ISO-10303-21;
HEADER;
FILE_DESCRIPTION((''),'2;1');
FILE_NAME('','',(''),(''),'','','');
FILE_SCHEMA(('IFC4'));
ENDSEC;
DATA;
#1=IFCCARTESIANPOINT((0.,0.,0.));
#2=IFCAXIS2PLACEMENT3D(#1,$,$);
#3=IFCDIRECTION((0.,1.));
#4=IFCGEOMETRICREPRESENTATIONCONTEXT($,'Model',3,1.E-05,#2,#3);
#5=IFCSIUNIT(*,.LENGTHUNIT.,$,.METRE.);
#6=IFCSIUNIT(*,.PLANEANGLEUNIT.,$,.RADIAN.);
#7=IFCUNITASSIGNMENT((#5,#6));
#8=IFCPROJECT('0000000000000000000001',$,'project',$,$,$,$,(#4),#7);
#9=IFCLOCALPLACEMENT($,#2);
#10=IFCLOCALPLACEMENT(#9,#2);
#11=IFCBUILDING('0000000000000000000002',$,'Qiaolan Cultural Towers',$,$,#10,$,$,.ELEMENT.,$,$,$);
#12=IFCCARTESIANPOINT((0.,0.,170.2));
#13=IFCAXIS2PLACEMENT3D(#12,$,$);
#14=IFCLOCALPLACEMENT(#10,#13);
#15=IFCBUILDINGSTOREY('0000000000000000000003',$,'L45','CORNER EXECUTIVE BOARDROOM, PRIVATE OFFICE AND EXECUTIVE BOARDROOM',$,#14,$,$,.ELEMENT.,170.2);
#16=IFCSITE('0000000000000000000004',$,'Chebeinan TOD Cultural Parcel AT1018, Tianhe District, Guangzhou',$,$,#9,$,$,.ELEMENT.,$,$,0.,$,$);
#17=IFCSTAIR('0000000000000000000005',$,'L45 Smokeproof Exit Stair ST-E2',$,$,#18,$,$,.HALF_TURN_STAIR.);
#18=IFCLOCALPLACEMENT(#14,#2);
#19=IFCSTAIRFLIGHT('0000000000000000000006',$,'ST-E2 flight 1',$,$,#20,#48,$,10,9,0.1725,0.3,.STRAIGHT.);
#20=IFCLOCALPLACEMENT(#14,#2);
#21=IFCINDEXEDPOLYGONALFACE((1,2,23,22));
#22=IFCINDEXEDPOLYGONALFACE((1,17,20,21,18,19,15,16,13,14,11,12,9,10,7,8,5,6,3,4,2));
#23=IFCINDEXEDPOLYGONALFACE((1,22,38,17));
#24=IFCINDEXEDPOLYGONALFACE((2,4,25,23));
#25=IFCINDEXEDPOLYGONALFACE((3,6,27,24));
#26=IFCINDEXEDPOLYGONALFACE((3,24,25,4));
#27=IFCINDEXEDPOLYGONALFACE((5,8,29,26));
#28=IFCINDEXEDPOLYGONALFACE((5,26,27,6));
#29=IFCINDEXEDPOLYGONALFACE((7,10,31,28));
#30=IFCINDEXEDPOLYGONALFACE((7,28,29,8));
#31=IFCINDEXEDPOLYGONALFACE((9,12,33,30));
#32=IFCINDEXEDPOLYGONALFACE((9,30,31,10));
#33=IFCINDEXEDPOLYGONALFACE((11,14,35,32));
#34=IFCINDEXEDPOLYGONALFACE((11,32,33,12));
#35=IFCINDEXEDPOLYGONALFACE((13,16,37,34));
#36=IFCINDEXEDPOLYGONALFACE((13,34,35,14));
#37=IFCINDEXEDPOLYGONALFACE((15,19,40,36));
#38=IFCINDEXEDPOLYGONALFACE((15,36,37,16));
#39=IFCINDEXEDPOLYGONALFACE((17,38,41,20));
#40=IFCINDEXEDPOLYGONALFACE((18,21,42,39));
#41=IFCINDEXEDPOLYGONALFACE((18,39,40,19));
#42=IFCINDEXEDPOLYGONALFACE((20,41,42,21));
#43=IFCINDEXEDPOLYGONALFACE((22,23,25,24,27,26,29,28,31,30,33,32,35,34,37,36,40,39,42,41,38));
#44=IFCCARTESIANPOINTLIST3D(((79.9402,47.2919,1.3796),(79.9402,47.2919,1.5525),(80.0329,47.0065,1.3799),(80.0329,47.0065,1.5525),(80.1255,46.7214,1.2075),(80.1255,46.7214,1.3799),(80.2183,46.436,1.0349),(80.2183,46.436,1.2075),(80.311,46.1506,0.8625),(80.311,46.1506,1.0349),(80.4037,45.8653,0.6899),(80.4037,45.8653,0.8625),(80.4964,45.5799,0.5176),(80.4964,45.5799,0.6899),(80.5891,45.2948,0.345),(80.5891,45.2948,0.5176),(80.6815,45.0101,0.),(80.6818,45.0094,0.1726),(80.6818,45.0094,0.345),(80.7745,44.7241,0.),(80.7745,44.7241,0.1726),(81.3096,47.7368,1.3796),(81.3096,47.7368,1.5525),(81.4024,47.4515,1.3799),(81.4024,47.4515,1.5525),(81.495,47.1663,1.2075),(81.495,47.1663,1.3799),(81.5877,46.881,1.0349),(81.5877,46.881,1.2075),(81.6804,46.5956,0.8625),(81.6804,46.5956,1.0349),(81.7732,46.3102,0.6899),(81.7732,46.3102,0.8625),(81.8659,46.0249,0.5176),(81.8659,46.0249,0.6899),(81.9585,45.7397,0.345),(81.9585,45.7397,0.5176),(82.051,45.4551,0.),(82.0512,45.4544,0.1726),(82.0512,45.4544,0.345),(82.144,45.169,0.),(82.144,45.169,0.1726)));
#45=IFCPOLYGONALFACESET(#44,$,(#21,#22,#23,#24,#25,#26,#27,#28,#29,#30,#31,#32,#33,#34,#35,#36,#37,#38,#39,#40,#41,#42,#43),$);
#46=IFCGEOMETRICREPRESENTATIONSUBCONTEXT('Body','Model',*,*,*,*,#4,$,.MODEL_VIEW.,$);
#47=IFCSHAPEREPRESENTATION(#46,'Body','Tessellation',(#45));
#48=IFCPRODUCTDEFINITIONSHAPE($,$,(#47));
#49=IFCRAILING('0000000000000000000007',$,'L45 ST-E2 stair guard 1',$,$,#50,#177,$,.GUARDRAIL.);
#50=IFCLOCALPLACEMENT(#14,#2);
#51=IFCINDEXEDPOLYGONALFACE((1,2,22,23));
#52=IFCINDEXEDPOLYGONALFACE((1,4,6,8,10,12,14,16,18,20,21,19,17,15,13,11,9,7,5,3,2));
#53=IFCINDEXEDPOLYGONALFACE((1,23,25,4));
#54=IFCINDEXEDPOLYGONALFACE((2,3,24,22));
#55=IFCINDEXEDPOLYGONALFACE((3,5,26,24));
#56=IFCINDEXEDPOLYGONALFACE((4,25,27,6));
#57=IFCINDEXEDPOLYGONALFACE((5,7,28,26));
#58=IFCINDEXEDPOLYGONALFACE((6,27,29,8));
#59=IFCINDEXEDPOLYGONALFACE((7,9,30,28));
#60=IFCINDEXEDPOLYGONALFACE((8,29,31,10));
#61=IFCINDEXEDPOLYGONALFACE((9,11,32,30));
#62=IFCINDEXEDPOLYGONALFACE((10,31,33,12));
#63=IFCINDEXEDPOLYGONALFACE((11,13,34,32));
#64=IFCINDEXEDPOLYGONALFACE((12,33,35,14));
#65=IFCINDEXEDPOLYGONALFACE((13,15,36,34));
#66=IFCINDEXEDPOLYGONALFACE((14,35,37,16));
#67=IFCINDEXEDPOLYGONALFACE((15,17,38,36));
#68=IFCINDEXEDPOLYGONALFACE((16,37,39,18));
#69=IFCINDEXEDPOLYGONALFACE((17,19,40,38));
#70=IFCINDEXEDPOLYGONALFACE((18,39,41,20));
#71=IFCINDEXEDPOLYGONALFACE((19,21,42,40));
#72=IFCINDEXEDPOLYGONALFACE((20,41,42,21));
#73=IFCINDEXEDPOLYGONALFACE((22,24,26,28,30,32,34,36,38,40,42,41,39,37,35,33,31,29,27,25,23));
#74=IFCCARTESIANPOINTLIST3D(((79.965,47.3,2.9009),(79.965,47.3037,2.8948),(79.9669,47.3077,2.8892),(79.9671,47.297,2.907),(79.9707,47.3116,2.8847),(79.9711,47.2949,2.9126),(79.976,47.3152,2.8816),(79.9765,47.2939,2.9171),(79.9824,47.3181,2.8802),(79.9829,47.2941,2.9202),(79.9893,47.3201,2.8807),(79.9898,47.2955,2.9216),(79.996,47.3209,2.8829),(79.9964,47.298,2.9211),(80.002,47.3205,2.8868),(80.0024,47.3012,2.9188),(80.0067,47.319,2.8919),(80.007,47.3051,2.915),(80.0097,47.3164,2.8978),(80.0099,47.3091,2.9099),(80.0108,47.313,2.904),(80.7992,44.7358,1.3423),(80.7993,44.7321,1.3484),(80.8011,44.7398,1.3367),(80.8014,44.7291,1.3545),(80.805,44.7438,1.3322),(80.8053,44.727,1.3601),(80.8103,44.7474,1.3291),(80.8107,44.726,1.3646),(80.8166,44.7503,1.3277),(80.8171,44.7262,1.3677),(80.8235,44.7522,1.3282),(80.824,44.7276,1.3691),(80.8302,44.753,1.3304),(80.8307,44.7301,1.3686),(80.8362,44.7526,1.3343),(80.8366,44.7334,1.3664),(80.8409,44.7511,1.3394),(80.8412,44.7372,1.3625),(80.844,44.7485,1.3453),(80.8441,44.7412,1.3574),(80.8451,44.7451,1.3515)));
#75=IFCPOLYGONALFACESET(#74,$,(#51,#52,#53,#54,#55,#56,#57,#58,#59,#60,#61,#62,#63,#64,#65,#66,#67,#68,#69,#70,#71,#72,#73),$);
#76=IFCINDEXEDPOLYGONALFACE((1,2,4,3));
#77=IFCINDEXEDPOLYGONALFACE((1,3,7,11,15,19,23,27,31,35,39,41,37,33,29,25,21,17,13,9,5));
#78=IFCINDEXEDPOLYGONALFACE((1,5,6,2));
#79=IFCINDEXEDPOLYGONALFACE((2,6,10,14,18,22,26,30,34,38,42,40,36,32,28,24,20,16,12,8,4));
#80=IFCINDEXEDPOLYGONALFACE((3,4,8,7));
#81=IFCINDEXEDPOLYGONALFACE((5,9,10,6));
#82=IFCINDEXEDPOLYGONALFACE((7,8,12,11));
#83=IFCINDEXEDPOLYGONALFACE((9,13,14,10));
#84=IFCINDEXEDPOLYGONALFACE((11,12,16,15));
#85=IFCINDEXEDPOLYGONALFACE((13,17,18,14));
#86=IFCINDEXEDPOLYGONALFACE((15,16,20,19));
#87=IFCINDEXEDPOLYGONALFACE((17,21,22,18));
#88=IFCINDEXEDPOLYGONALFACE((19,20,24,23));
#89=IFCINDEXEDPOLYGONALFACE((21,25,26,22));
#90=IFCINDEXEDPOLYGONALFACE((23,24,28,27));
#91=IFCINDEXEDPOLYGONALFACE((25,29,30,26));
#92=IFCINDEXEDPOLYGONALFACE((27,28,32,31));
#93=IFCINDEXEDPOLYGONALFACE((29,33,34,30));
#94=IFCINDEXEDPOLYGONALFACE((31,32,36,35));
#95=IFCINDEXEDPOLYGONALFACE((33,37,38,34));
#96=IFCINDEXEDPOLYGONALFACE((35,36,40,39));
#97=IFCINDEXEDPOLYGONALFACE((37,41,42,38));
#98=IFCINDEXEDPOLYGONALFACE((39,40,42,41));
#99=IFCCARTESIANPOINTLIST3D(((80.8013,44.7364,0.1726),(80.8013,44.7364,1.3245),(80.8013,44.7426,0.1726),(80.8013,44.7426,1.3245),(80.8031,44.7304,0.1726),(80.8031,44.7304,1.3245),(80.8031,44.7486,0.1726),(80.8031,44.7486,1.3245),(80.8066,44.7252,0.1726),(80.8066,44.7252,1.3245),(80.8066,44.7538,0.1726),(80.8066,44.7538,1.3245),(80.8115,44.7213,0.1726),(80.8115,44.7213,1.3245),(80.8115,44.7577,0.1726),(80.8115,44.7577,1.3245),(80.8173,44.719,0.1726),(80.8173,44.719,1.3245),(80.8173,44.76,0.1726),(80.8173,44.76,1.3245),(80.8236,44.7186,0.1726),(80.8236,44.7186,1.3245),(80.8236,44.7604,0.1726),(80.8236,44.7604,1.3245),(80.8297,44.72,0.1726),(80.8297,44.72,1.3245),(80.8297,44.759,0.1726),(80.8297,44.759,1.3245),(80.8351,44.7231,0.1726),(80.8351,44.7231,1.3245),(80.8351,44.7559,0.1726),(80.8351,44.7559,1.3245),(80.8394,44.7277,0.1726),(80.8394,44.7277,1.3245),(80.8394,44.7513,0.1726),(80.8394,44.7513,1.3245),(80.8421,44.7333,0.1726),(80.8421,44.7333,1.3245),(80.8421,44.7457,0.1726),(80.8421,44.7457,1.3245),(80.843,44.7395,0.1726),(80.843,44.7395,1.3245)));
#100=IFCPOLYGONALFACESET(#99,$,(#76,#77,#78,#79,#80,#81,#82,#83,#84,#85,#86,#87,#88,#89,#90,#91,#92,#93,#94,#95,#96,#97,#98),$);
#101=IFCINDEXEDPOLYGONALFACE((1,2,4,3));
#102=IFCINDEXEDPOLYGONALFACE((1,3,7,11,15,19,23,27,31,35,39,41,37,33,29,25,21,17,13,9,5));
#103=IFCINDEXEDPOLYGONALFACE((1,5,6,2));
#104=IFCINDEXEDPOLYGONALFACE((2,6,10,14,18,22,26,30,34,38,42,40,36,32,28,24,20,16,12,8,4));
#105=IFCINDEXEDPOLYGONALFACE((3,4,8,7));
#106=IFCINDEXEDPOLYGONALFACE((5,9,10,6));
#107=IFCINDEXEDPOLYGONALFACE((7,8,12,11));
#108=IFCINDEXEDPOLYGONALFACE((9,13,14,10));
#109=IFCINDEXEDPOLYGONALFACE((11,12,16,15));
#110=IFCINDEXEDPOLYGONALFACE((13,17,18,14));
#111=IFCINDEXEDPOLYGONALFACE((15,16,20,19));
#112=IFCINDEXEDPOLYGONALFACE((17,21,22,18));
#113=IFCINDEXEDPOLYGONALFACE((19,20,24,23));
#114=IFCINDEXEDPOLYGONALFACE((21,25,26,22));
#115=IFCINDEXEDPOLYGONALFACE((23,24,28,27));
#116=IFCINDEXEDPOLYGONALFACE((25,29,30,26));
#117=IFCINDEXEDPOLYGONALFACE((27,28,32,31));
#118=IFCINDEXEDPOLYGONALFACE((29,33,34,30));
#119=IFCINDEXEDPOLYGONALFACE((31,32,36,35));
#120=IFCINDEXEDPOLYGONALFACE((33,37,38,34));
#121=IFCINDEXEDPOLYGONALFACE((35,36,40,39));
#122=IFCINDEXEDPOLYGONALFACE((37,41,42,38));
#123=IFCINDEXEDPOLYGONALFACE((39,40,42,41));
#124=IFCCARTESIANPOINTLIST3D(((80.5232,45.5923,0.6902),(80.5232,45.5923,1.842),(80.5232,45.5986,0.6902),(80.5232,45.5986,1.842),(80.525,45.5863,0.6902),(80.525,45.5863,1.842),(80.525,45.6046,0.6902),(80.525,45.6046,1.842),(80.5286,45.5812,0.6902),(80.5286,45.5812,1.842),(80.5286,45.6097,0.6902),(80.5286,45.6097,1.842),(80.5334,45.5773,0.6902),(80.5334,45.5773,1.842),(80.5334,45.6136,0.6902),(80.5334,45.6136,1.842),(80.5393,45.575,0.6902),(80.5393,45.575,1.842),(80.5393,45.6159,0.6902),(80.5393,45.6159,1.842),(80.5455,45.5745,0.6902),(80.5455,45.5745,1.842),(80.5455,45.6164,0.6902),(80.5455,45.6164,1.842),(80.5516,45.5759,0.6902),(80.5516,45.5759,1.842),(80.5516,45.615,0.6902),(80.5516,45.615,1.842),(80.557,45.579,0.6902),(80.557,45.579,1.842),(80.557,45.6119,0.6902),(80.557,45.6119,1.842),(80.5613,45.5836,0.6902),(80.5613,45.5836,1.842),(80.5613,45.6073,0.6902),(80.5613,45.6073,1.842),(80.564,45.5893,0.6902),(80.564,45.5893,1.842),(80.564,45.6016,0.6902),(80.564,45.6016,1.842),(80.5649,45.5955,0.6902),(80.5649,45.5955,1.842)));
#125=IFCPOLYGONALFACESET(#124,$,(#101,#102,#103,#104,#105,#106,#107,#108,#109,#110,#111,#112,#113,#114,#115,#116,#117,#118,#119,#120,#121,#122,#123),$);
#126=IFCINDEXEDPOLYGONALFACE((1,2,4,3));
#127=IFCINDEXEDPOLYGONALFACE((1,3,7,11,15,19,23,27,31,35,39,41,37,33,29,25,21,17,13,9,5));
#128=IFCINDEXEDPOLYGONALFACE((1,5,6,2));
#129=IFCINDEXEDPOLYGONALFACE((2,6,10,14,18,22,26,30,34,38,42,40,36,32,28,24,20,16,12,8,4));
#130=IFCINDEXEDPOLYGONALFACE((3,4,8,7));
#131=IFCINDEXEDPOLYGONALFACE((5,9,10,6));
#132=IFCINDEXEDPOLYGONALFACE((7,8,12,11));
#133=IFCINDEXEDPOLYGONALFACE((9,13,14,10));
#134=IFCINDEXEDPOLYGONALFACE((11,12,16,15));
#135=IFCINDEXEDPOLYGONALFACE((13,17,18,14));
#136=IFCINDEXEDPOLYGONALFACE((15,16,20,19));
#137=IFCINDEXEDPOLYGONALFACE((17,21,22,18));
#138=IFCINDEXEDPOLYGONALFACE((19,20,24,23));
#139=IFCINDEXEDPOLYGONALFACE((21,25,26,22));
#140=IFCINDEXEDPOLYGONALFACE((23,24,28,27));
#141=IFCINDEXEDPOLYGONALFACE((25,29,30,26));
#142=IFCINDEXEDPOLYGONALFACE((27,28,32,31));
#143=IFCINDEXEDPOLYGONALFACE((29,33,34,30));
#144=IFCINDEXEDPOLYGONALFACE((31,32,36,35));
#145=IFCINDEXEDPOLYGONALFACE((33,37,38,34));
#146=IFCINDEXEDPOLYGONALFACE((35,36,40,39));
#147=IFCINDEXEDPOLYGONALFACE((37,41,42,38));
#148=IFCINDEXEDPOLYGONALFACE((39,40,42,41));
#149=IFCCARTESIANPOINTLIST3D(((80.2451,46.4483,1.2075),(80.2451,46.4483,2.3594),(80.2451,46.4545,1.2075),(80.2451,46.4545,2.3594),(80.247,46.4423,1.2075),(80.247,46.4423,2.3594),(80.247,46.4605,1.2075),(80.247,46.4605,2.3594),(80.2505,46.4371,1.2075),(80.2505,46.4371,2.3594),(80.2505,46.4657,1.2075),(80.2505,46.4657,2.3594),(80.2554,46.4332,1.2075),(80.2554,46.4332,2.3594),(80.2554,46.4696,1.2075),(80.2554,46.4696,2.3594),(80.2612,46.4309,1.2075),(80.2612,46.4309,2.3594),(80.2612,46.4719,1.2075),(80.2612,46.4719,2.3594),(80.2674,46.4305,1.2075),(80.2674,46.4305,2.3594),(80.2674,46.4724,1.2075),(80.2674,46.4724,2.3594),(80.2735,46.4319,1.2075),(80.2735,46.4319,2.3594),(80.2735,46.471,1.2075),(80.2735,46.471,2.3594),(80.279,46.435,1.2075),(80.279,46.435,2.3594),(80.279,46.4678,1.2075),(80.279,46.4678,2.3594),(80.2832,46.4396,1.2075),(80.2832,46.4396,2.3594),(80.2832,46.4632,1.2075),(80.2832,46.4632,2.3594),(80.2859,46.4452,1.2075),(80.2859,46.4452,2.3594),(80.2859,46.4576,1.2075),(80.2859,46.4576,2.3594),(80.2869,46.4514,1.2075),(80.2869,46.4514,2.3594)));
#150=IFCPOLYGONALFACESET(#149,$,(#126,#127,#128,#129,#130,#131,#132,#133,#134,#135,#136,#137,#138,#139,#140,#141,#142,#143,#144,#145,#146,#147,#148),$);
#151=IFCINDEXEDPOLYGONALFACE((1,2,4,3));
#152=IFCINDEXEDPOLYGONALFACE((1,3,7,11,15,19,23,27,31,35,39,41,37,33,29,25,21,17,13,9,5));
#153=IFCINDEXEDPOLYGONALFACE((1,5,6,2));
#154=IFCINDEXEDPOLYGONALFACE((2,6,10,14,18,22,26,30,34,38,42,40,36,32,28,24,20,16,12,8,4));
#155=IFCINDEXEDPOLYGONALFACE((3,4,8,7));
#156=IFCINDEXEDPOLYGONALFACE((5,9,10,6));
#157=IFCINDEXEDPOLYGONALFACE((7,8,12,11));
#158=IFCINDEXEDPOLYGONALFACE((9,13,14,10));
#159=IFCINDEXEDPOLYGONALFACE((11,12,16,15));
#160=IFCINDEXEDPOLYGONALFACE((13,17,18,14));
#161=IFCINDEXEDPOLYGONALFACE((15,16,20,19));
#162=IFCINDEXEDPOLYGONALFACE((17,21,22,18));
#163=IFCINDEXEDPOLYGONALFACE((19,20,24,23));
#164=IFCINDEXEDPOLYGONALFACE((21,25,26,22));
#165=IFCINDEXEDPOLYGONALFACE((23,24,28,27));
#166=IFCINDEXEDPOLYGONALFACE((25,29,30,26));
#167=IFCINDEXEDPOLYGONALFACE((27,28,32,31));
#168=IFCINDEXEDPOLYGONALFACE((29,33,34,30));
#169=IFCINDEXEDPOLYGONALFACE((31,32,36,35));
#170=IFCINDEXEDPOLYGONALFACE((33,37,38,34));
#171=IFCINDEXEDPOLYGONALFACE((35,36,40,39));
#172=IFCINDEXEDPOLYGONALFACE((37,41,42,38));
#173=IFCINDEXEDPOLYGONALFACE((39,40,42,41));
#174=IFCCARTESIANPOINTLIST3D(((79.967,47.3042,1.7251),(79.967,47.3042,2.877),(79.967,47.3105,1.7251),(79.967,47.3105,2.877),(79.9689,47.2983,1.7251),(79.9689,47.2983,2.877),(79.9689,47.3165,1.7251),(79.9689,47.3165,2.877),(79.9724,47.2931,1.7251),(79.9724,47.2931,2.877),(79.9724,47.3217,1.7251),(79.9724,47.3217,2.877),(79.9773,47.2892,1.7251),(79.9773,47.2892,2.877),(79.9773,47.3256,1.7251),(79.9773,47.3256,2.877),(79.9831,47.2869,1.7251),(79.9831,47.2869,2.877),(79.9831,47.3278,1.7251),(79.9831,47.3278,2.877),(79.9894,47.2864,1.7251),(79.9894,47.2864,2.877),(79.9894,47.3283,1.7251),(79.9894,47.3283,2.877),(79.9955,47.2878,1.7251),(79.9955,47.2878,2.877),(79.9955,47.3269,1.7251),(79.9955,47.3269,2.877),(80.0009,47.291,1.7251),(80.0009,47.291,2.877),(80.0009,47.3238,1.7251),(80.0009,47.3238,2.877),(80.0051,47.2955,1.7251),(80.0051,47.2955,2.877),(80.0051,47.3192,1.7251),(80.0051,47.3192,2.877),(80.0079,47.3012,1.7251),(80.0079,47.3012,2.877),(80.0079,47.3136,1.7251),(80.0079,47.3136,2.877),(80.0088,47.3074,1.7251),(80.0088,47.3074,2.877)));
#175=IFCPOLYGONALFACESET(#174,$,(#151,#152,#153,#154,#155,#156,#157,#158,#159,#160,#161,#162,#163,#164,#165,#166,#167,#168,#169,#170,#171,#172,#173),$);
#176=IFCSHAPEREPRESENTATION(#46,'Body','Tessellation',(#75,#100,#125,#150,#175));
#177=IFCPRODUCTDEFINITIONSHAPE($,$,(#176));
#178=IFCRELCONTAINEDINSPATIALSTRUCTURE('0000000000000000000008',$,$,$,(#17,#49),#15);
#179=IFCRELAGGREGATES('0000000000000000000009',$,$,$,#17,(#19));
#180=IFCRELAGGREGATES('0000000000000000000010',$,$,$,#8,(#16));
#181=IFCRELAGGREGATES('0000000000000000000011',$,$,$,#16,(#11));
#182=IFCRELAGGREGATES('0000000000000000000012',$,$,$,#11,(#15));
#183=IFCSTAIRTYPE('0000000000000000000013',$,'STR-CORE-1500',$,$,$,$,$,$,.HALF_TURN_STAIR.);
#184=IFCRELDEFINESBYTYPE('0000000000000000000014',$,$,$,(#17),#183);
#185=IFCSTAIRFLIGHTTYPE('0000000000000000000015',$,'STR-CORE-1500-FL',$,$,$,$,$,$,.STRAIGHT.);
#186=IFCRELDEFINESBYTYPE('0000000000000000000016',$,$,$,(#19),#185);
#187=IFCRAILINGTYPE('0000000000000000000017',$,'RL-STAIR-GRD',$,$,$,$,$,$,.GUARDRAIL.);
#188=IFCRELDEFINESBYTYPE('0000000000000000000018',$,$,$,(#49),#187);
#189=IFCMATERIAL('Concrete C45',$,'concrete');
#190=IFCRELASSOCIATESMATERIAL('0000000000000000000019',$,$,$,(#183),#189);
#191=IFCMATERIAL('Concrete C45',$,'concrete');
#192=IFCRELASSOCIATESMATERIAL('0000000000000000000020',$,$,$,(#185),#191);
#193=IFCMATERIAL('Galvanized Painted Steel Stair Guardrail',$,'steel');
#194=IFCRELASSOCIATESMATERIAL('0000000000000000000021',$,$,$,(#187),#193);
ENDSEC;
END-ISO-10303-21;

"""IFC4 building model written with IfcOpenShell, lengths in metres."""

from ifc_helpers import new_model, si_unit, direction, frame, origin, origin_2d, place, context, subcontext, project, spatial, polyline, circle, outline, extrude, material, type_object, element, aggregate, save


model = new_model("IFC4")

# Units and contexts
model_context = context("Model", 3, precision=1e-05, world=origin(), true_north=direction((0.0, 1.0)))
body_context = subcontext(model_context, "Body", "Model", "MODEL_VIEW")
ifc_project = project(units=[si_unit("LENGTHUNIT", "METRE"), si_unit("PLANEANGLEUNIT", "RADIAN")], contexts=[model_context])

# Site, building, storey
site_placement = place(None, origin())
site = spatial("IfcSite", under=ifc_project, at=site_placement, Name="Chebeinan TOD Cultural Parcel AT1018, Tianhe District, Guangzhou", CompositionType="ELEMENT", RefElevation=0.0)
building_placement = place(site_placement, origin())
building = spatial("IfcBuilding", under=site, at=building_placement, Name="Qiaolan Cultural Towers", CompositionType="ELEMENT")
storey_placement = place(building_placement, frame((0.0, 0.0, 170.2)))
storey = spatial("IfcBuildingStorey", under=building, at=storey_placement, Name="L45", Description="CORNER EXECUTIVE BOARDROOM, PRIVATE OFFICE AND EXECUTIVE BOARDROOM", CompositionType="ELEMENT", Elevation=170.2)

# Stair, stair flight
ifc_material_1 = material(Name="Concrete C45", Category="concrete")
stair_type = type_object("IfcStairType", Name="STR-CORE-1500", PredefinedType="HALF_TURN_STAIR", material=ifc_material_1)
stair_placement = place(storey_placement, origin())
stair = element("IfcStair", 1, at=stair_placement, inside=storey, type_object=stair_type, Name="L45 Smokeproof Exit Stair ST-E2", PredefinedType="HALF_TURN_STAIR")
ifc_material_2 = material(Name="Concrete C45", Category="concrete")
stair_flight_type = type_object("IfcStairFlightType", Name="STR-CORE-1500-FL", PredefinedType="STRAIGHT", material=ifc_material_2)
stair_flight_placement = place(storey_placement, frame((81.4592, 44.9465, 0.0), z_axis=(0.0, 0.0, 1.0), x_axis=(-0.309017, 0.951057, 0.0)))
stair_flight = element("IfcStairFlight", 2, at=stair_flight_placement, type_object=stair_flight_type, Name="ST-E2 flight 1", NumberOfRisers=10, NumberOfTreads=9, PredefinedType="STRAIGHT", RiserHeight=0.1725, TreadLength=0.3, context=body_context, shape_type="SweptSolid", body=[
    extrude(outline(polyline([(0.0, 0.0), (0.0, 0.1726), (0.3, 0.1726), (0.3, 0.345), (0.6001, 0.345), (0.6001, 0.5176), (0.8999, 0.5176), (0.8999, 0.6899), (1.2, 0.6899), (1.2, 0.8625), (1.5, 0.8625), (1.5, 1.0349), (1.8, 1.0349), (1.8, 1.2075), (2.1001, 1.2075), (2.1001, 1.3799), (2.3999, 1.3799), (2.3999, 1.5525), (2.7, 1.5525), (2.7, 1.7251), (2.7, 1.3796), (0.3008, 0.0), (0.0, 0.0)])), frame((0.0, 0.72, 0.0), z_axis=(0.0, -1.0, 0.0), x_axis=(1.0, 0.0, 0.0)), (0.0, 0.0, 1.0), 1.4399),
])
aggregate(stair, [stair_flight])

# Railing
ifc_material_3 = material(Name="Galvanized Painted Steel Stair Guardrail", Category="steel")
railing_type_1 = type_object("IfcRailingType", Name="RL-STAIR-GRD", PredefinedType="GUARDRAIL", material=ifc_material_3)
railing_1_placement = place(storey_placement, frame((80.822, 44.7395, 0.1726)))
element("IfcRailing", 3, at=railing_1_placement, inside=storey, type_object=railing_type_1, Name="L45 ST-E2 stair guard 1", PredefinedType="GUARDRAIL", context=body_context, shape_type="SweptSolid", body=[
    extrude(circle(Radius=0.0239, at=origin_2d()), frame((0.0, 0.0, 1.1758), z_axis=(-0.267853, 0.824488, 0.498471), x_axis=(-0.95107, -0.308976, 0.0)), (0.0, 0.0, 1.0), 3.1145),
    extrude(circle(Radius=0.021, at=origin_2d()), origin(), (0.0, 0.0, 1.0), 1.1519),
    extrude(circle(Radius=0.021, at=origin_2d()), frame((-0.2781, 0.856, 0.5176)), (0.0, 0.0, 1.0), 1.1519),
    extrude(circle(Radius=0.021, at=origin_2d()), frame((-0.5562, 1.7119, 1.0349)), (0.0, 0.0, 1.0), 1.1519),
    extrude(circle(Radius=0.021, at=origin_2d()), frame((-0.8342, 2.5679, 1.5525)), (0.0, 0.0, 1.0), 1.1519),
])

save(model, "model.ifc")
